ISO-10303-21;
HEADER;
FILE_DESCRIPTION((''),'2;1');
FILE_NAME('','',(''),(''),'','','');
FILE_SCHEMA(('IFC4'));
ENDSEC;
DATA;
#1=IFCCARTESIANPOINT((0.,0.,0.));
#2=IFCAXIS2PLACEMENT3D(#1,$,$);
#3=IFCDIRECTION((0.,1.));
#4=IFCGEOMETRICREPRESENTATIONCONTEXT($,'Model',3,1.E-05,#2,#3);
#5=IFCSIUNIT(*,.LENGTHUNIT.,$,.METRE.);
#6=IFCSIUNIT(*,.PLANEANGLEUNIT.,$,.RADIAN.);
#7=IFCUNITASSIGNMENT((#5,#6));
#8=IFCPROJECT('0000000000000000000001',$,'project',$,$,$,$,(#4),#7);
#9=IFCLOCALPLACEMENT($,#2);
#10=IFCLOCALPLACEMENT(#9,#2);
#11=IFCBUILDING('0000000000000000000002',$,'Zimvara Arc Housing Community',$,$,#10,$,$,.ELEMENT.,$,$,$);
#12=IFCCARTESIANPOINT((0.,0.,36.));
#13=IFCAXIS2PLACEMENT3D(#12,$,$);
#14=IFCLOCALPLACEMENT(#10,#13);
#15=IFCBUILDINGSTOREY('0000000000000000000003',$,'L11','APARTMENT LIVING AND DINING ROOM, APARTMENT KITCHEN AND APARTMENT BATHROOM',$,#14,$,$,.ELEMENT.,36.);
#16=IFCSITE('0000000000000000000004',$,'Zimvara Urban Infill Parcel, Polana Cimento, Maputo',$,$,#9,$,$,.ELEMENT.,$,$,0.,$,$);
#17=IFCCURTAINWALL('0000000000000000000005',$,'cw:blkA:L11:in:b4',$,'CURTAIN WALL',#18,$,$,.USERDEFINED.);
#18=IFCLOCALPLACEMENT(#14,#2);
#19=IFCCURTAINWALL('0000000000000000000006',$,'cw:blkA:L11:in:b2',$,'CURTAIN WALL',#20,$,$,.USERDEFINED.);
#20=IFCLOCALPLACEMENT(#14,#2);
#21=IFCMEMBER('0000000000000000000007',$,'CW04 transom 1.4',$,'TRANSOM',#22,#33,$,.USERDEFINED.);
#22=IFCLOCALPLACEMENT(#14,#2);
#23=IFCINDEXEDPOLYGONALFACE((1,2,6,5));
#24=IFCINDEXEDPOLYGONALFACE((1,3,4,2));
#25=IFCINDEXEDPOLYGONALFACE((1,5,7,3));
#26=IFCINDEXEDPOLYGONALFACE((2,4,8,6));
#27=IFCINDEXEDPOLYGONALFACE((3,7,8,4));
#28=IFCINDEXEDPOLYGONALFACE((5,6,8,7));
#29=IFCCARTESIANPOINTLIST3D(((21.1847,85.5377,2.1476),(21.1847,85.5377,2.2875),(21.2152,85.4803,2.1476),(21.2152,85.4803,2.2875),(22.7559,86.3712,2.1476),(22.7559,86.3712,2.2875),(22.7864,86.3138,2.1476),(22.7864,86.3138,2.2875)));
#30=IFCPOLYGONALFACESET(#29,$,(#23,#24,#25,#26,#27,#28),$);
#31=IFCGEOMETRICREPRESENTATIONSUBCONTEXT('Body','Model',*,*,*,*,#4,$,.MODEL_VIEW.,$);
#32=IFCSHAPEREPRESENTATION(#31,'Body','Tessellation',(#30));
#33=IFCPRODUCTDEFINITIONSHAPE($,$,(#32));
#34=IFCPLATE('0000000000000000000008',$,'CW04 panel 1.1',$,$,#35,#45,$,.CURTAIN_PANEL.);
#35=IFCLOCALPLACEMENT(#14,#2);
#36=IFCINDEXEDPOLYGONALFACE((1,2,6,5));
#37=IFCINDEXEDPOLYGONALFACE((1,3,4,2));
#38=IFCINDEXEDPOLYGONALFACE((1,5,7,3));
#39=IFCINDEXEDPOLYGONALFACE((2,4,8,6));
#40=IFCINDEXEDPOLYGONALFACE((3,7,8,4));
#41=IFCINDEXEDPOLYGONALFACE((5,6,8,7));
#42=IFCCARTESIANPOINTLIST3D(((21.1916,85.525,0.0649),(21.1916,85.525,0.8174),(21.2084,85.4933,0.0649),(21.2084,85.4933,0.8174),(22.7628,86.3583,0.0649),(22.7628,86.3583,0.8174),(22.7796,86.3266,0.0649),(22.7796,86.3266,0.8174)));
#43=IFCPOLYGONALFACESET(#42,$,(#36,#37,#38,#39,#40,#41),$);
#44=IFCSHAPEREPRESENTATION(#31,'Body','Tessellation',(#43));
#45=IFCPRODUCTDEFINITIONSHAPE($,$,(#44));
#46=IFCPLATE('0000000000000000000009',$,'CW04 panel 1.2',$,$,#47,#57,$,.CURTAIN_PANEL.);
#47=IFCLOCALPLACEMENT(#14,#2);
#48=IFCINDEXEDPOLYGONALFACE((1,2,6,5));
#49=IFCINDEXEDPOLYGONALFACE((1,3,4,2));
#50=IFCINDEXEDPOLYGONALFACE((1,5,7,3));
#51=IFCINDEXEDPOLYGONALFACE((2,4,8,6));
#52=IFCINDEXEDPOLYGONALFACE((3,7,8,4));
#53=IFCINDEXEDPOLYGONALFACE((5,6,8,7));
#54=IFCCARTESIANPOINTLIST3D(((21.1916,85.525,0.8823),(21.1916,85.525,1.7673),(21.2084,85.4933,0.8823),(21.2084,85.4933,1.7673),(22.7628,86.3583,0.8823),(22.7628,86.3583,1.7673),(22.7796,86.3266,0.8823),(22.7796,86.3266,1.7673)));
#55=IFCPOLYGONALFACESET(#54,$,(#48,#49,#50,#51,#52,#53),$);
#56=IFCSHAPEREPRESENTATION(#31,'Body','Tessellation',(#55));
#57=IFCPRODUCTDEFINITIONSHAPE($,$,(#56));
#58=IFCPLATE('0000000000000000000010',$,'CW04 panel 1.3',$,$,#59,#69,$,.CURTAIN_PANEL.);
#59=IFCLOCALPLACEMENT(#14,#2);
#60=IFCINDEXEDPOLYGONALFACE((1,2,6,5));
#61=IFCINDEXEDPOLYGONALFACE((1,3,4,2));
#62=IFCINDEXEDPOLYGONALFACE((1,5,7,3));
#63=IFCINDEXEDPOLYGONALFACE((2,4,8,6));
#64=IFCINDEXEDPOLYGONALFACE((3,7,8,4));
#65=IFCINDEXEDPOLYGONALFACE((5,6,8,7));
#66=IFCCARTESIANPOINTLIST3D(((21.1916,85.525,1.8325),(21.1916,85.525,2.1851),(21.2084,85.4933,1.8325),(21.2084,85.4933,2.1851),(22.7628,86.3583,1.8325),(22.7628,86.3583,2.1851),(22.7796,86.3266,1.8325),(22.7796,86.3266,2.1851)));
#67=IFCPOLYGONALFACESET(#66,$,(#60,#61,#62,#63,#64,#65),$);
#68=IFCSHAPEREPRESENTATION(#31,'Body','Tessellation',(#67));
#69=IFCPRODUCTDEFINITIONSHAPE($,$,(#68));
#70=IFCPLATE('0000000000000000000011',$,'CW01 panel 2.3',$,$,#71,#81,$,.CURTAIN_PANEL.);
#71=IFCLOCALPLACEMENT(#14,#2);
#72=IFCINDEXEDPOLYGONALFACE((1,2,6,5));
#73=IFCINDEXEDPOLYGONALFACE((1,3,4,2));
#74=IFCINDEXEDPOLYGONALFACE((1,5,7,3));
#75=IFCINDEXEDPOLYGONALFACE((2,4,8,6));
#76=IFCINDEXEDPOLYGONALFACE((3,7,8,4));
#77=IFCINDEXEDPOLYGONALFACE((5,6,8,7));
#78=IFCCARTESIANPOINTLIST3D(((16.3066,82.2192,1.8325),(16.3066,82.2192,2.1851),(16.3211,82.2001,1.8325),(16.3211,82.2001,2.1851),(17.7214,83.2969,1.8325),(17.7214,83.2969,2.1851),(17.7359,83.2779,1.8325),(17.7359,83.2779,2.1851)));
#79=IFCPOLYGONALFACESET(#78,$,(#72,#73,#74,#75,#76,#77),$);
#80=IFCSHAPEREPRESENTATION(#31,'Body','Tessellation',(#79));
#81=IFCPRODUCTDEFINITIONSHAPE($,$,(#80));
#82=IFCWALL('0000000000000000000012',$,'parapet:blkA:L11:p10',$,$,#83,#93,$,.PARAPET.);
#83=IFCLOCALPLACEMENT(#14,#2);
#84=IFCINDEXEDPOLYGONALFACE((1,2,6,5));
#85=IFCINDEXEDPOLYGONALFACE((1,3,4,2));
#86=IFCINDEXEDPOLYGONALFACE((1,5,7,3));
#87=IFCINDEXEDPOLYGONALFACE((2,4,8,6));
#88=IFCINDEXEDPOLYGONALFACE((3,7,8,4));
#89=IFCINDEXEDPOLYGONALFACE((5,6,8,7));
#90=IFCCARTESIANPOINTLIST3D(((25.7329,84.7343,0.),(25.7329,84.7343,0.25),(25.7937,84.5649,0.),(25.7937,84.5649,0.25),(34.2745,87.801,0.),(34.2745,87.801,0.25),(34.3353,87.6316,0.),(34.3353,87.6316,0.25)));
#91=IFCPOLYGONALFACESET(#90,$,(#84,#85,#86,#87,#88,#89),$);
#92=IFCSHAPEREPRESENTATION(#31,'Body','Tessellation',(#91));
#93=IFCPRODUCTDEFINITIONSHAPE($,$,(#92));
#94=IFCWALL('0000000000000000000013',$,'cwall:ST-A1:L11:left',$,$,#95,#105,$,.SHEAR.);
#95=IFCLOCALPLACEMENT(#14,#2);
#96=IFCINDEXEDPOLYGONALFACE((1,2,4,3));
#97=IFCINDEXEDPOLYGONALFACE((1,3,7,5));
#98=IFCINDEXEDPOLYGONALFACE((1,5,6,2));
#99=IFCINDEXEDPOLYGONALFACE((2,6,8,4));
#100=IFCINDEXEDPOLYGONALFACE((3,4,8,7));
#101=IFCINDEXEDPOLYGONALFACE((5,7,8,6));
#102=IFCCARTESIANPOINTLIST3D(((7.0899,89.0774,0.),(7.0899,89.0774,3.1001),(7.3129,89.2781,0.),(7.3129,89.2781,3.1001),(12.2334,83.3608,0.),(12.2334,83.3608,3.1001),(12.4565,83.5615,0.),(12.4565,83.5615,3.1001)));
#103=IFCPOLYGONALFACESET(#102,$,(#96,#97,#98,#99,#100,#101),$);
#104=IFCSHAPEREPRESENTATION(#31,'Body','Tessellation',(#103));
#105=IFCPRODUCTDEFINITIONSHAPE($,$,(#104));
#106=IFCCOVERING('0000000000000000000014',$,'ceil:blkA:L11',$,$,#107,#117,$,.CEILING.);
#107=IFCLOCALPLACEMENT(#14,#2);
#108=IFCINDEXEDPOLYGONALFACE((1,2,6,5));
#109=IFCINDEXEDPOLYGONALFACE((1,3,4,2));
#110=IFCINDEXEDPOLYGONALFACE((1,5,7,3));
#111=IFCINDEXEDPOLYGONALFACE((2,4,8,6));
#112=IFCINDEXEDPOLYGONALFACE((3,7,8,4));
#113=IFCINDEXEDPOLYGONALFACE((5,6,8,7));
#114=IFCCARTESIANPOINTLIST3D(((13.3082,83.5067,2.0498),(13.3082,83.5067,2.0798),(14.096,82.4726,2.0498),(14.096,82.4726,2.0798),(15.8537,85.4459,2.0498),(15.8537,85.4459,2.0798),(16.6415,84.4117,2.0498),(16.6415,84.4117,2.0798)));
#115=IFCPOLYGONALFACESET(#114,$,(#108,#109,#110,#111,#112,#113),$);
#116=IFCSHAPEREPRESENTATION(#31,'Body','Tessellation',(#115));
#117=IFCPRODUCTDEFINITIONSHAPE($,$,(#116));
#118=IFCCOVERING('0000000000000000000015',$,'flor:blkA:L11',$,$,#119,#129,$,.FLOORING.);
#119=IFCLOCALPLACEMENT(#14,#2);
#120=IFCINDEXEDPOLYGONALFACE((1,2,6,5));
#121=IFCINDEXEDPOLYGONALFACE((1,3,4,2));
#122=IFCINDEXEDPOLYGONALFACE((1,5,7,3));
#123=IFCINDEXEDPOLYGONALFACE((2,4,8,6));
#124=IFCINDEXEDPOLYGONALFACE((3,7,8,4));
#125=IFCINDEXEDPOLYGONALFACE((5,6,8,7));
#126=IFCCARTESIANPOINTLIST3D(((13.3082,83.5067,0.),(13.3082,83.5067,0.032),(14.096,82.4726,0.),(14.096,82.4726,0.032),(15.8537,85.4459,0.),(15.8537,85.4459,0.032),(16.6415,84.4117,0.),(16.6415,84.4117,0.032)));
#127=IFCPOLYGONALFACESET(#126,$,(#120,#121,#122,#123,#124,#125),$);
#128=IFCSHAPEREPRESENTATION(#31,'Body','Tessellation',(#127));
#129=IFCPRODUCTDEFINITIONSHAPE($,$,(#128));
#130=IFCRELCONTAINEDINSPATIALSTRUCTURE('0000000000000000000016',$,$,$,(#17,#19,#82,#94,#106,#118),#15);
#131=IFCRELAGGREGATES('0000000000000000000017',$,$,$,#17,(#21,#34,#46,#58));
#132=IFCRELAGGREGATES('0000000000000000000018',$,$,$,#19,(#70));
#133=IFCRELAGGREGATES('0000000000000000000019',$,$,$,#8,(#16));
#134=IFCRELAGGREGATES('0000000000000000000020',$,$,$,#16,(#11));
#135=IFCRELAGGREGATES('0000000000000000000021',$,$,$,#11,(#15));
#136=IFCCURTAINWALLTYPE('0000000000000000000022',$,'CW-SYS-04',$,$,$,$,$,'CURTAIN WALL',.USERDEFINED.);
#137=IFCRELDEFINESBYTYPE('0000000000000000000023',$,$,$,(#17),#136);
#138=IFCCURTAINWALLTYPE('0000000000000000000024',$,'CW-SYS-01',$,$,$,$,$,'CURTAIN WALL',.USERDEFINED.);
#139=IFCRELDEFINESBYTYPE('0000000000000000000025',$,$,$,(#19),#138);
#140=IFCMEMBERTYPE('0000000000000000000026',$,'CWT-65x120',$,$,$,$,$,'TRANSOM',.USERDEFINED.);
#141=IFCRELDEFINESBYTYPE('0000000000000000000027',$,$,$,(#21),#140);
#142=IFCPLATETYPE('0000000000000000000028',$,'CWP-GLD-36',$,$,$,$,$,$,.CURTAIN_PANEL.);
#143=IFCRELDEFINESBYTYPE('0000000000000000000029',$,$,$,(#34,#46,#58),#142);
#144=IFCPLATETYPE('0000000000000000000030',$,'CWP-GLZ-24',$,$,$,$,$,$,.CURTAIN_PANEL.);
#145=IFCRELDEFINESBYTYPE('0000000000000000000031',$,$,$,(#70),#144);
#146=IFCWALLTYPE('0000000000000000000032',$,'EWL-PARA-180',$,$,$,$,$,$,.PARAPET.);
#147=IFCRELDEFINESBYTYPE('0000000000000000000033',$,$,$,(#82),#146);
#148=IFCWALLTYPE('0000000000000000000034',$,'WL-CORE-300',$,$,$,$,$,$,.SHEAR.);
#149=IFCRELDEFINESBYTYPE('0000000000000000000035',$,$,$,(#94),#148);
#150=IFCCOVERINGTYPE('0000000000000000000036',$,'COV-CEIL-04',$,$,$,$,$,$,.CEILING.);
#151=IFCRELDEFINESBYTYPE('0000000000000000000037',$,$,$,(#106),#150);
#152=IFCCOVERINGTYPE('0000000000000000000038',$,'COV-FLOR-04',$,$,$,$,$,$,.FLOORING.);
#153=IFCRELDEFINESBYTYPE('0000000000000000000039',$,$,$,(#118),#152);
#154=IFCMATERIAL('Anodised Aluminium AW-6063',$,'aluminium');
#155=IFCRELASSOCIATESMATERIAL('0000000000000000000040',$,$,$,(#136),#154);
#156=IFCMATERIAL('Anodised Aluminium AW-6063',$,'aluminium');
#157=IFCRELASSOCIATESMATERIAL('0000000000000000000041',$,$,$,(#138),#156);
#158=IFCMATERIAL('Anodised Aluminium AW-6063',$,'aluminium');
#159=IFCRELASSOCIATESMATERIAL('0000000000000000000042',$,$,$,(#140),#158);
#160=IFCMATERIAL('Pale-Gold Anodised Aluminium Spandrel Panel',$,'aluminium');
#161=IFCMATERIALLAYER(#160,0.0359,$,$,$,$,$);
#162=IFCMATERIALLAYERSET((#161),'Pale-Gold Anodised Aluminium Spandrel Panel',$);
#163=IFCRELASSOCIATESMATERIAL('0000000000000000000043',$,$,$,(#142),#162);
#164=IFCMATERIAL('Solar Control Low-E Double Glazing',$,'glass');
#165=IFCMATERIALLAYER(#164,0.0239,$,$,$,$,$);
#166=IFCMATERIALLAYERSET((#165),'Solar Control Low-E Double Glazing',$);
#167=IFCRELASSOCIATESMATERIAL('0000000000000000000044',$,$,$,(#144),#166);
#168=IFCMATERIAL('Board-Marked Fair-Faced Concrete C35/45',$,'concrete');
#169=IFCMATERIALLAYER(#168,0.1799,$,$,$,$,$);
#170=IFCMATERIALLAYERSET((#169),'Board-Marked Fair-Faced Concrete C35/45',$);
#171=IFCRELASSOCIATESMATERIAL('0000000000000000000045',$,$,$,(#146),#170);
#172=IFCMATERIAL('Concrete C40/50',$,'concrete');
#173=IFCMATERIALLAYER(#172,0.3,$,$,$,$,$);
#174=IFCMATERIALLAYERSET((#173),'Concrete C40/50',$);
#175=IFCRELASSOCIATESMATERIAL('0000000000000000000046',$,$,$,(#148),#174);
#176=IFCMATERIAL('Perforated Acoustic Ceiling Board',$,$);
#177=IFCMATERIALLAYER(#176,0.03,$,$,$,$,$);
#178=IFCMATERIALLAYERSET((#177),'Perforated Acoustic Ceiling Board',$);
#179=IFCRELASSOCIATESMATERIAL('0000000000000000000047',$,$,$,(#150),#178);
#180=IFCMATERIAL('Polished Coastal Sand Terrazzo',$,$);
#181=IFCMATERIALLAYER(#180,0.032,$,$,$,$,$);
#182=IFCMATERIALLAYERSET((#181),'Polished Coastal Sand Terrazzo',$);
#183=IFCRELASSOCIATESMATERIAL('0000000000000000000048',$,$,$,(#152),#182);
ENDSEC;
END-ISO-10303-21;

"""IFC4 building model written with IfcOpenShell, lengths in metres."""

from ifc_helpers import new_model, si_unit, direction, frame, frame_2d, origin, origin_2d, place, context, subcontext, project, spatial, rectangle, extrude, material, layer, layer_set, material_profile, profile_set, type_object, element, aggregate, save


model = new_model("IFC4")

# Units and contexts
model_context = context("Model", 3, precision=1e-05, world=origin(), true_north=direction((0.0, 1.0)))
body_context = subcontext(model_context, "Body", "Model", "MODEL_VIEW")
ifc_project = project(units=[si_unit("LENGTHUNIT", "METRE"), si_unit("PLANEANGLEUNIT", "RADIAN")], contexts=[model_context])

# Site, building, storey
site_placement = place(None, origin())
site = spatial("IfcSite", under=ifc_project, at=site_placement, Name="Zimvara Urban Infill Parcel, Polana Cimento, Maputo", CompositionType="ELEMENT", RefElevation=0.0)
building_placement = place(site_placement, origin())
building = spatial("IfcBuilding", under=site, at=building_placement, Name="Zimvara Arc Housing Community", CompositionType="ELEMENT")
storey_placement = place(building_placement, frame((0.0, 0.0, 36.0)))
storey = spatial("IfcBuildingStorey", under=building, at=storey_placement, Name="L11", Description="APARTMENT LIVING AND DINING ROOM, APARTMENT KITCHEN AND APARTMENT BATHROOM", CompositionType="ELEMENT", Elevation=36.0)

# Curtain walls
ifc_material_1 = material(Name="Anodised Aluminium AW-6063", Category="aluminium")
curtain_wall_type_1 = type_object("IfcCurtainWallType", Name="CW-SYS-04", ElementType="CURTAIN WALL", PredefinedType="USERDEFINED", material=ifc_material_1)
curtain_wall_1_placement = place(storey_placement, origin())
curtain_wall_1 = element("IfcCurtainWall", 1, at=curtain_wall_1_placement, inside=storey, type_object=curtain_wall_type_1, Name="cw:blkA:L11:in:b4", ObjectType="CURTAIN WALL", PredefinedType="USERDEFINED")
ifc_material_2 = material(Name="Anodised Aluminium AW-6063", Category="aluminium")
curtain_wall_type_2 = type_object("IfcCurtainWallType", Name="CW-SYS-01", ElementType="CURTAIN WALL", PredefinedType="USERDEFINED", material=ifc_material_2)
curtain_wall_2_placement = place(storey_placement, origin())
curtain_wall_2 = element("IfcCurtainWall", 2, at=curtain_wall_2_placement, inside=storey, type_object=curtain_wall_type_2, Name="cw:blkA:L11:in:b2", ObjectType="CURTAIN WALL", PredefinedType="USERDEFINED")

# Member
ifc_material_3 = material(Name="Anodised Aluminium AW-6063", Category="aluminium")
ifc_material_profile_1 = material_profile(ifc_material_3, rectangle(XDim=0.0649, YDim=0.1399, at=origin_2d()), Name="ALU 65x140")
ifc_profile_set_1 = profile_set([ifc_material_profile_1], Name="Anodised Aluminium AW-6063")
member_type_1 = type_object("IfcMemberType", Name="CWT-65x120", ElementType="TRANSOM", PredefinedType="USERDEFINED", material=ifc_profile_set_1)
member_1_placement = place(storey_placement, frame((21.2, 85.509, 2.2175), z_axis=(0.883407, 0.468607, 0.0), x_axis=(-0.468607, 0.883407, 0.0)))
member_1 = element("IfcMember", 3, at=member_1_placement, type_object=member_type_1, Name="CW04 transom 1.4", ObjectType="TRANSOM", PredefinedType="USERDEFINED", context=body_context, shape_type="SweptSolid", body=[
    extrude(rectangle(XDim=0.0649, YDim=0.1399, at=origin_2d()), origin(), (0.0, 0.0, 1.0), 1.7786),
])

# Plates
ifc_material_4 = material(Name="Pale-Gold Anodised Aluminium Spandrel Panel", Category="aluminium")
ifc_layer_1 = layer(ifc_material_4, 0.0359)
ifc_layer_set_1 = layer_set([ifc_layer_1], Name="Pale-Gold Anodised Aluminium Spandrel Panel")
plate_type_1 = type_object("IfcPlateType", Name="CWP-GLD-36", PredefinedType="CURTAIN_PANEL", material=ifc_layer_set_1)
plate_1_placement = place(storey_placement, frame((21.9856, 85.9258, 0.0649), z_axis=(0.0, 0.0, 1.0), x_axis=(0.883439, 0.468547, 0.0)))
plate_1 = element("IfcPlate", 4, at=plate_1_placement, type_object=plate_type_1, Name="CW04 panel 1.1", PredefinedType="CURTAIN_PANEL", context=body_context, shape_type="SweptSolid", body=[
    extrude(rectangle(XDim=1.7786, YDim=0.0359, at=origin_2d()), origin(), (0.0, 0.0, 1.0), 0.7524),
])
plate_2_placement = place(storey_placement, frame((21.9856, 85.9258, 0.8823), z_axis=(0.0, 0.0, 1.0), x_axis=(0.883439, 0.468547, 0.0)))
plate_2 = element("IfcPlate", 5, at=plate_2_placement, type_object=plate_type_1, Name="CW04 panel 1.2", PredefinedType="CURTAIN_PANEL", context=body_context, shape_type="SweptSolid", body=[
    extrude(rectangle(XDim=1.7786, YDim=0.0359, at=origin_2d()), origin(), (0.0, 0.0, 1.0), 0.885),
])
plate_3_placement = place(storey_placement, frame((21.9856, 85.9258, 1.8325), z_axis=(0.0, 0.0, 1.0), x_axis=(0.883439, 0.468547, 0.0)))
plate_3 = element("IfcPlate", 6, at=plate_3_placement, type_object=plate_type_1, Name="CW04 panel 1.3", PredefinedType="CURTAIN_PANEL", context=body_context, shape_type="SweptSolid", body=[
    extrude(rectangle(XDim=1.7786, YDim=0.0359, at=origin_2d()), origin(), (0.0, 0.0, 1.0), 0.3525),
])
aggregate(curtain_wall_1, [member_1, plate_1, plate_2, plate_3])
ifc_material_5 = material(Name="Solar Control Low-E Double Glazing", Category="glass")
ifc_layer_2 = layer(ifc_material_5, 0.0239)
ifc_layer_set_2 = layer_set([ifc_layer_2], Name="Solar Control Low-E Double Glazing")
plate_type_2 = type_object("IfcPlateType", Name="CWP-GLZ-24", PredefinedType="CURTAIN_PANEL", material=ifc_layer_set_2)
plate_4_placement = place(storey_placement, frame((17.0212, 82.7485, 1.8325), z_axis=(0.0, 0.0, 1.0), x_axis=(0.795474, 0.605988, 0.0)))
plate_4 = element("IfcPlate", 7, at=plate_4_placement, type_object=plate_type_2, Name="CW01 panel 2.3", PredefinedType="CURTAIN_PANEL", context=body_context, shape_type="SweptSolid", body=[
    extrude(rectangle(XDim=1.7786, YDim=0.0239, at=origin_2d()), origin(), (0.0, 0.0, 1.0), 0.3525),
])
aggregate(curtain_wall_2, [plate_4])

# Wall
ifc_material_6 = material(Name="Board-Marked Fair-Faced Concrete C35/45", Category="concrete")
ifc_layer_3 = layer(ifc_material_6, 0.1799)
ifc_layer_set_3 = layer_set([ifc_layer_3], Name="Board-Marked Fair-Faced Concrete C35/45")
wall_type_1 = type_object("IfcWallType", Name="EWL-PARA-180", PredefinedType="PARAPET", material=ifc_layer_set_3)
wall_1_placement = place(storey_placement, frame((25.7634, 84.6497, 0.0), z_axis=(0.0, 0.0, 1.0), x_axis=(0.941178, 0.337911, 0.0)))
element("IfcWall", 8, at=wall_1_placement, inside=storey, type_object=wall_type_1, Name="parapet:blkA:L11:p10", PredefinedType="PARAPET", context=body_context, shape_type="SweptSolid", body=[
    extrude(rectangle(XDim=9.0754, YDim=0.1799, at=frame_2d((4.5376, 0.0))), origin(), (0.0, 0.0, 1.0), 0.25),
])

# Shared definitions
ifc_material_7 = material(Name="Concrete C40/50", Category="concrete")
ifc_layer_4 = layer(ifc_material_7, 0.3)
ifc_layer_set_4 = layer_set([ifc_layer_4], Name="Concrete C40/50")
wall_type_2 = type_object("IfcWallType", Name="WL-CORE-300", PredefinedType="SHEAR", material=ifc_layer_set_4)

# Wall
wall_2_placement = place(storey_placement, frame((12.345, 83.4612, 0.0), z_axis=(0.0, 0.0, 1.0), x_axis=(-0.668868, 0.743381, 0.0)))
element("IfcWall", 9, at=wall_2_placement, inside=storey, type_object=wall_type_2, Name="cwall:ST-A1:L11:left", PredefinedType="SHEAR", context=body_context, shape_type="SweptSolid", body=[
    extrude(rectangle(XDim=7.6899, YDim=0.3, at=frame_2d((3.845, 0.0))), origin(), (0.0, 0.0, 1.0), 3.1001),
])

# Coverings
ifc_material_8 = material(Name="Perforated Acoustic Ceiling Board")
ifc_layer_5 = layer(ifc_material_8, 0.03)
ifc_layer_set_5 = layer_set([ifc_layer_5], Name="Perforated Acoustic Ceiling Board")
covering_type_1 = type_object("IfcCoveringType", Name="COV-CEIL-04", PredefinedType="CEILING", material=ifc_layer_set_5)
covering_1_placement = place(storey_placement, frame((14.9749, 83.9592, 2.0498), z_axis=(0.0, 0.0, 1.0), x_axis=(-0.605988, 0.795473, 0.0)))
element("IfcCovering", 10, at=covering_1_placement, inside=storey, type_object=covering_type_1, Name="ceil:blkA:L11", PredefinedType="CEILING", context=body_context, shape_type="SweptSolid", body=[
    extrude(rectangle(XDim=1.3, YDim=3.2, at=origin_2d()), origin(), (0.0, 0.0, 1.0), 0.03),
])
ifc_material_9 = material(Name="Polished Coastal Sand Terrazzo")
ifc_layer_6 = layer(ifc_material_9, 0.032)
ifc_layer_set_6 = layer_set([ifc_layer_6], Name="Polished Coastal Sand Terrazzo")
covering_type_2 = type_object("IfcCoveringType", Name="COV-FLOR-04", PredefinedType="FLOORING", material=ifc_layer_set_6)
covering_2_placement = place(storey_placement, frame((14.9749, 83.9592, 0.0), z_axis=(0.0, 0.0, 1.0), x_axis=(-0.605988, 0.795473, 0.0)))
element("IfcCovering", 11, at=covering_2_placement, inside=storey, type_object=covering_type_2, Name="flor:blkA:L11", PredefinedType="FLOORING", context=body_context, shape_type="SweptSolid", body=[
    extrude(rectangle(XDim=1.3, YDim=3.2, at=origin_2d()), origin(), (0.0, 0.0, 1.0), 0.032),
])

save(model, "model.ifc")
